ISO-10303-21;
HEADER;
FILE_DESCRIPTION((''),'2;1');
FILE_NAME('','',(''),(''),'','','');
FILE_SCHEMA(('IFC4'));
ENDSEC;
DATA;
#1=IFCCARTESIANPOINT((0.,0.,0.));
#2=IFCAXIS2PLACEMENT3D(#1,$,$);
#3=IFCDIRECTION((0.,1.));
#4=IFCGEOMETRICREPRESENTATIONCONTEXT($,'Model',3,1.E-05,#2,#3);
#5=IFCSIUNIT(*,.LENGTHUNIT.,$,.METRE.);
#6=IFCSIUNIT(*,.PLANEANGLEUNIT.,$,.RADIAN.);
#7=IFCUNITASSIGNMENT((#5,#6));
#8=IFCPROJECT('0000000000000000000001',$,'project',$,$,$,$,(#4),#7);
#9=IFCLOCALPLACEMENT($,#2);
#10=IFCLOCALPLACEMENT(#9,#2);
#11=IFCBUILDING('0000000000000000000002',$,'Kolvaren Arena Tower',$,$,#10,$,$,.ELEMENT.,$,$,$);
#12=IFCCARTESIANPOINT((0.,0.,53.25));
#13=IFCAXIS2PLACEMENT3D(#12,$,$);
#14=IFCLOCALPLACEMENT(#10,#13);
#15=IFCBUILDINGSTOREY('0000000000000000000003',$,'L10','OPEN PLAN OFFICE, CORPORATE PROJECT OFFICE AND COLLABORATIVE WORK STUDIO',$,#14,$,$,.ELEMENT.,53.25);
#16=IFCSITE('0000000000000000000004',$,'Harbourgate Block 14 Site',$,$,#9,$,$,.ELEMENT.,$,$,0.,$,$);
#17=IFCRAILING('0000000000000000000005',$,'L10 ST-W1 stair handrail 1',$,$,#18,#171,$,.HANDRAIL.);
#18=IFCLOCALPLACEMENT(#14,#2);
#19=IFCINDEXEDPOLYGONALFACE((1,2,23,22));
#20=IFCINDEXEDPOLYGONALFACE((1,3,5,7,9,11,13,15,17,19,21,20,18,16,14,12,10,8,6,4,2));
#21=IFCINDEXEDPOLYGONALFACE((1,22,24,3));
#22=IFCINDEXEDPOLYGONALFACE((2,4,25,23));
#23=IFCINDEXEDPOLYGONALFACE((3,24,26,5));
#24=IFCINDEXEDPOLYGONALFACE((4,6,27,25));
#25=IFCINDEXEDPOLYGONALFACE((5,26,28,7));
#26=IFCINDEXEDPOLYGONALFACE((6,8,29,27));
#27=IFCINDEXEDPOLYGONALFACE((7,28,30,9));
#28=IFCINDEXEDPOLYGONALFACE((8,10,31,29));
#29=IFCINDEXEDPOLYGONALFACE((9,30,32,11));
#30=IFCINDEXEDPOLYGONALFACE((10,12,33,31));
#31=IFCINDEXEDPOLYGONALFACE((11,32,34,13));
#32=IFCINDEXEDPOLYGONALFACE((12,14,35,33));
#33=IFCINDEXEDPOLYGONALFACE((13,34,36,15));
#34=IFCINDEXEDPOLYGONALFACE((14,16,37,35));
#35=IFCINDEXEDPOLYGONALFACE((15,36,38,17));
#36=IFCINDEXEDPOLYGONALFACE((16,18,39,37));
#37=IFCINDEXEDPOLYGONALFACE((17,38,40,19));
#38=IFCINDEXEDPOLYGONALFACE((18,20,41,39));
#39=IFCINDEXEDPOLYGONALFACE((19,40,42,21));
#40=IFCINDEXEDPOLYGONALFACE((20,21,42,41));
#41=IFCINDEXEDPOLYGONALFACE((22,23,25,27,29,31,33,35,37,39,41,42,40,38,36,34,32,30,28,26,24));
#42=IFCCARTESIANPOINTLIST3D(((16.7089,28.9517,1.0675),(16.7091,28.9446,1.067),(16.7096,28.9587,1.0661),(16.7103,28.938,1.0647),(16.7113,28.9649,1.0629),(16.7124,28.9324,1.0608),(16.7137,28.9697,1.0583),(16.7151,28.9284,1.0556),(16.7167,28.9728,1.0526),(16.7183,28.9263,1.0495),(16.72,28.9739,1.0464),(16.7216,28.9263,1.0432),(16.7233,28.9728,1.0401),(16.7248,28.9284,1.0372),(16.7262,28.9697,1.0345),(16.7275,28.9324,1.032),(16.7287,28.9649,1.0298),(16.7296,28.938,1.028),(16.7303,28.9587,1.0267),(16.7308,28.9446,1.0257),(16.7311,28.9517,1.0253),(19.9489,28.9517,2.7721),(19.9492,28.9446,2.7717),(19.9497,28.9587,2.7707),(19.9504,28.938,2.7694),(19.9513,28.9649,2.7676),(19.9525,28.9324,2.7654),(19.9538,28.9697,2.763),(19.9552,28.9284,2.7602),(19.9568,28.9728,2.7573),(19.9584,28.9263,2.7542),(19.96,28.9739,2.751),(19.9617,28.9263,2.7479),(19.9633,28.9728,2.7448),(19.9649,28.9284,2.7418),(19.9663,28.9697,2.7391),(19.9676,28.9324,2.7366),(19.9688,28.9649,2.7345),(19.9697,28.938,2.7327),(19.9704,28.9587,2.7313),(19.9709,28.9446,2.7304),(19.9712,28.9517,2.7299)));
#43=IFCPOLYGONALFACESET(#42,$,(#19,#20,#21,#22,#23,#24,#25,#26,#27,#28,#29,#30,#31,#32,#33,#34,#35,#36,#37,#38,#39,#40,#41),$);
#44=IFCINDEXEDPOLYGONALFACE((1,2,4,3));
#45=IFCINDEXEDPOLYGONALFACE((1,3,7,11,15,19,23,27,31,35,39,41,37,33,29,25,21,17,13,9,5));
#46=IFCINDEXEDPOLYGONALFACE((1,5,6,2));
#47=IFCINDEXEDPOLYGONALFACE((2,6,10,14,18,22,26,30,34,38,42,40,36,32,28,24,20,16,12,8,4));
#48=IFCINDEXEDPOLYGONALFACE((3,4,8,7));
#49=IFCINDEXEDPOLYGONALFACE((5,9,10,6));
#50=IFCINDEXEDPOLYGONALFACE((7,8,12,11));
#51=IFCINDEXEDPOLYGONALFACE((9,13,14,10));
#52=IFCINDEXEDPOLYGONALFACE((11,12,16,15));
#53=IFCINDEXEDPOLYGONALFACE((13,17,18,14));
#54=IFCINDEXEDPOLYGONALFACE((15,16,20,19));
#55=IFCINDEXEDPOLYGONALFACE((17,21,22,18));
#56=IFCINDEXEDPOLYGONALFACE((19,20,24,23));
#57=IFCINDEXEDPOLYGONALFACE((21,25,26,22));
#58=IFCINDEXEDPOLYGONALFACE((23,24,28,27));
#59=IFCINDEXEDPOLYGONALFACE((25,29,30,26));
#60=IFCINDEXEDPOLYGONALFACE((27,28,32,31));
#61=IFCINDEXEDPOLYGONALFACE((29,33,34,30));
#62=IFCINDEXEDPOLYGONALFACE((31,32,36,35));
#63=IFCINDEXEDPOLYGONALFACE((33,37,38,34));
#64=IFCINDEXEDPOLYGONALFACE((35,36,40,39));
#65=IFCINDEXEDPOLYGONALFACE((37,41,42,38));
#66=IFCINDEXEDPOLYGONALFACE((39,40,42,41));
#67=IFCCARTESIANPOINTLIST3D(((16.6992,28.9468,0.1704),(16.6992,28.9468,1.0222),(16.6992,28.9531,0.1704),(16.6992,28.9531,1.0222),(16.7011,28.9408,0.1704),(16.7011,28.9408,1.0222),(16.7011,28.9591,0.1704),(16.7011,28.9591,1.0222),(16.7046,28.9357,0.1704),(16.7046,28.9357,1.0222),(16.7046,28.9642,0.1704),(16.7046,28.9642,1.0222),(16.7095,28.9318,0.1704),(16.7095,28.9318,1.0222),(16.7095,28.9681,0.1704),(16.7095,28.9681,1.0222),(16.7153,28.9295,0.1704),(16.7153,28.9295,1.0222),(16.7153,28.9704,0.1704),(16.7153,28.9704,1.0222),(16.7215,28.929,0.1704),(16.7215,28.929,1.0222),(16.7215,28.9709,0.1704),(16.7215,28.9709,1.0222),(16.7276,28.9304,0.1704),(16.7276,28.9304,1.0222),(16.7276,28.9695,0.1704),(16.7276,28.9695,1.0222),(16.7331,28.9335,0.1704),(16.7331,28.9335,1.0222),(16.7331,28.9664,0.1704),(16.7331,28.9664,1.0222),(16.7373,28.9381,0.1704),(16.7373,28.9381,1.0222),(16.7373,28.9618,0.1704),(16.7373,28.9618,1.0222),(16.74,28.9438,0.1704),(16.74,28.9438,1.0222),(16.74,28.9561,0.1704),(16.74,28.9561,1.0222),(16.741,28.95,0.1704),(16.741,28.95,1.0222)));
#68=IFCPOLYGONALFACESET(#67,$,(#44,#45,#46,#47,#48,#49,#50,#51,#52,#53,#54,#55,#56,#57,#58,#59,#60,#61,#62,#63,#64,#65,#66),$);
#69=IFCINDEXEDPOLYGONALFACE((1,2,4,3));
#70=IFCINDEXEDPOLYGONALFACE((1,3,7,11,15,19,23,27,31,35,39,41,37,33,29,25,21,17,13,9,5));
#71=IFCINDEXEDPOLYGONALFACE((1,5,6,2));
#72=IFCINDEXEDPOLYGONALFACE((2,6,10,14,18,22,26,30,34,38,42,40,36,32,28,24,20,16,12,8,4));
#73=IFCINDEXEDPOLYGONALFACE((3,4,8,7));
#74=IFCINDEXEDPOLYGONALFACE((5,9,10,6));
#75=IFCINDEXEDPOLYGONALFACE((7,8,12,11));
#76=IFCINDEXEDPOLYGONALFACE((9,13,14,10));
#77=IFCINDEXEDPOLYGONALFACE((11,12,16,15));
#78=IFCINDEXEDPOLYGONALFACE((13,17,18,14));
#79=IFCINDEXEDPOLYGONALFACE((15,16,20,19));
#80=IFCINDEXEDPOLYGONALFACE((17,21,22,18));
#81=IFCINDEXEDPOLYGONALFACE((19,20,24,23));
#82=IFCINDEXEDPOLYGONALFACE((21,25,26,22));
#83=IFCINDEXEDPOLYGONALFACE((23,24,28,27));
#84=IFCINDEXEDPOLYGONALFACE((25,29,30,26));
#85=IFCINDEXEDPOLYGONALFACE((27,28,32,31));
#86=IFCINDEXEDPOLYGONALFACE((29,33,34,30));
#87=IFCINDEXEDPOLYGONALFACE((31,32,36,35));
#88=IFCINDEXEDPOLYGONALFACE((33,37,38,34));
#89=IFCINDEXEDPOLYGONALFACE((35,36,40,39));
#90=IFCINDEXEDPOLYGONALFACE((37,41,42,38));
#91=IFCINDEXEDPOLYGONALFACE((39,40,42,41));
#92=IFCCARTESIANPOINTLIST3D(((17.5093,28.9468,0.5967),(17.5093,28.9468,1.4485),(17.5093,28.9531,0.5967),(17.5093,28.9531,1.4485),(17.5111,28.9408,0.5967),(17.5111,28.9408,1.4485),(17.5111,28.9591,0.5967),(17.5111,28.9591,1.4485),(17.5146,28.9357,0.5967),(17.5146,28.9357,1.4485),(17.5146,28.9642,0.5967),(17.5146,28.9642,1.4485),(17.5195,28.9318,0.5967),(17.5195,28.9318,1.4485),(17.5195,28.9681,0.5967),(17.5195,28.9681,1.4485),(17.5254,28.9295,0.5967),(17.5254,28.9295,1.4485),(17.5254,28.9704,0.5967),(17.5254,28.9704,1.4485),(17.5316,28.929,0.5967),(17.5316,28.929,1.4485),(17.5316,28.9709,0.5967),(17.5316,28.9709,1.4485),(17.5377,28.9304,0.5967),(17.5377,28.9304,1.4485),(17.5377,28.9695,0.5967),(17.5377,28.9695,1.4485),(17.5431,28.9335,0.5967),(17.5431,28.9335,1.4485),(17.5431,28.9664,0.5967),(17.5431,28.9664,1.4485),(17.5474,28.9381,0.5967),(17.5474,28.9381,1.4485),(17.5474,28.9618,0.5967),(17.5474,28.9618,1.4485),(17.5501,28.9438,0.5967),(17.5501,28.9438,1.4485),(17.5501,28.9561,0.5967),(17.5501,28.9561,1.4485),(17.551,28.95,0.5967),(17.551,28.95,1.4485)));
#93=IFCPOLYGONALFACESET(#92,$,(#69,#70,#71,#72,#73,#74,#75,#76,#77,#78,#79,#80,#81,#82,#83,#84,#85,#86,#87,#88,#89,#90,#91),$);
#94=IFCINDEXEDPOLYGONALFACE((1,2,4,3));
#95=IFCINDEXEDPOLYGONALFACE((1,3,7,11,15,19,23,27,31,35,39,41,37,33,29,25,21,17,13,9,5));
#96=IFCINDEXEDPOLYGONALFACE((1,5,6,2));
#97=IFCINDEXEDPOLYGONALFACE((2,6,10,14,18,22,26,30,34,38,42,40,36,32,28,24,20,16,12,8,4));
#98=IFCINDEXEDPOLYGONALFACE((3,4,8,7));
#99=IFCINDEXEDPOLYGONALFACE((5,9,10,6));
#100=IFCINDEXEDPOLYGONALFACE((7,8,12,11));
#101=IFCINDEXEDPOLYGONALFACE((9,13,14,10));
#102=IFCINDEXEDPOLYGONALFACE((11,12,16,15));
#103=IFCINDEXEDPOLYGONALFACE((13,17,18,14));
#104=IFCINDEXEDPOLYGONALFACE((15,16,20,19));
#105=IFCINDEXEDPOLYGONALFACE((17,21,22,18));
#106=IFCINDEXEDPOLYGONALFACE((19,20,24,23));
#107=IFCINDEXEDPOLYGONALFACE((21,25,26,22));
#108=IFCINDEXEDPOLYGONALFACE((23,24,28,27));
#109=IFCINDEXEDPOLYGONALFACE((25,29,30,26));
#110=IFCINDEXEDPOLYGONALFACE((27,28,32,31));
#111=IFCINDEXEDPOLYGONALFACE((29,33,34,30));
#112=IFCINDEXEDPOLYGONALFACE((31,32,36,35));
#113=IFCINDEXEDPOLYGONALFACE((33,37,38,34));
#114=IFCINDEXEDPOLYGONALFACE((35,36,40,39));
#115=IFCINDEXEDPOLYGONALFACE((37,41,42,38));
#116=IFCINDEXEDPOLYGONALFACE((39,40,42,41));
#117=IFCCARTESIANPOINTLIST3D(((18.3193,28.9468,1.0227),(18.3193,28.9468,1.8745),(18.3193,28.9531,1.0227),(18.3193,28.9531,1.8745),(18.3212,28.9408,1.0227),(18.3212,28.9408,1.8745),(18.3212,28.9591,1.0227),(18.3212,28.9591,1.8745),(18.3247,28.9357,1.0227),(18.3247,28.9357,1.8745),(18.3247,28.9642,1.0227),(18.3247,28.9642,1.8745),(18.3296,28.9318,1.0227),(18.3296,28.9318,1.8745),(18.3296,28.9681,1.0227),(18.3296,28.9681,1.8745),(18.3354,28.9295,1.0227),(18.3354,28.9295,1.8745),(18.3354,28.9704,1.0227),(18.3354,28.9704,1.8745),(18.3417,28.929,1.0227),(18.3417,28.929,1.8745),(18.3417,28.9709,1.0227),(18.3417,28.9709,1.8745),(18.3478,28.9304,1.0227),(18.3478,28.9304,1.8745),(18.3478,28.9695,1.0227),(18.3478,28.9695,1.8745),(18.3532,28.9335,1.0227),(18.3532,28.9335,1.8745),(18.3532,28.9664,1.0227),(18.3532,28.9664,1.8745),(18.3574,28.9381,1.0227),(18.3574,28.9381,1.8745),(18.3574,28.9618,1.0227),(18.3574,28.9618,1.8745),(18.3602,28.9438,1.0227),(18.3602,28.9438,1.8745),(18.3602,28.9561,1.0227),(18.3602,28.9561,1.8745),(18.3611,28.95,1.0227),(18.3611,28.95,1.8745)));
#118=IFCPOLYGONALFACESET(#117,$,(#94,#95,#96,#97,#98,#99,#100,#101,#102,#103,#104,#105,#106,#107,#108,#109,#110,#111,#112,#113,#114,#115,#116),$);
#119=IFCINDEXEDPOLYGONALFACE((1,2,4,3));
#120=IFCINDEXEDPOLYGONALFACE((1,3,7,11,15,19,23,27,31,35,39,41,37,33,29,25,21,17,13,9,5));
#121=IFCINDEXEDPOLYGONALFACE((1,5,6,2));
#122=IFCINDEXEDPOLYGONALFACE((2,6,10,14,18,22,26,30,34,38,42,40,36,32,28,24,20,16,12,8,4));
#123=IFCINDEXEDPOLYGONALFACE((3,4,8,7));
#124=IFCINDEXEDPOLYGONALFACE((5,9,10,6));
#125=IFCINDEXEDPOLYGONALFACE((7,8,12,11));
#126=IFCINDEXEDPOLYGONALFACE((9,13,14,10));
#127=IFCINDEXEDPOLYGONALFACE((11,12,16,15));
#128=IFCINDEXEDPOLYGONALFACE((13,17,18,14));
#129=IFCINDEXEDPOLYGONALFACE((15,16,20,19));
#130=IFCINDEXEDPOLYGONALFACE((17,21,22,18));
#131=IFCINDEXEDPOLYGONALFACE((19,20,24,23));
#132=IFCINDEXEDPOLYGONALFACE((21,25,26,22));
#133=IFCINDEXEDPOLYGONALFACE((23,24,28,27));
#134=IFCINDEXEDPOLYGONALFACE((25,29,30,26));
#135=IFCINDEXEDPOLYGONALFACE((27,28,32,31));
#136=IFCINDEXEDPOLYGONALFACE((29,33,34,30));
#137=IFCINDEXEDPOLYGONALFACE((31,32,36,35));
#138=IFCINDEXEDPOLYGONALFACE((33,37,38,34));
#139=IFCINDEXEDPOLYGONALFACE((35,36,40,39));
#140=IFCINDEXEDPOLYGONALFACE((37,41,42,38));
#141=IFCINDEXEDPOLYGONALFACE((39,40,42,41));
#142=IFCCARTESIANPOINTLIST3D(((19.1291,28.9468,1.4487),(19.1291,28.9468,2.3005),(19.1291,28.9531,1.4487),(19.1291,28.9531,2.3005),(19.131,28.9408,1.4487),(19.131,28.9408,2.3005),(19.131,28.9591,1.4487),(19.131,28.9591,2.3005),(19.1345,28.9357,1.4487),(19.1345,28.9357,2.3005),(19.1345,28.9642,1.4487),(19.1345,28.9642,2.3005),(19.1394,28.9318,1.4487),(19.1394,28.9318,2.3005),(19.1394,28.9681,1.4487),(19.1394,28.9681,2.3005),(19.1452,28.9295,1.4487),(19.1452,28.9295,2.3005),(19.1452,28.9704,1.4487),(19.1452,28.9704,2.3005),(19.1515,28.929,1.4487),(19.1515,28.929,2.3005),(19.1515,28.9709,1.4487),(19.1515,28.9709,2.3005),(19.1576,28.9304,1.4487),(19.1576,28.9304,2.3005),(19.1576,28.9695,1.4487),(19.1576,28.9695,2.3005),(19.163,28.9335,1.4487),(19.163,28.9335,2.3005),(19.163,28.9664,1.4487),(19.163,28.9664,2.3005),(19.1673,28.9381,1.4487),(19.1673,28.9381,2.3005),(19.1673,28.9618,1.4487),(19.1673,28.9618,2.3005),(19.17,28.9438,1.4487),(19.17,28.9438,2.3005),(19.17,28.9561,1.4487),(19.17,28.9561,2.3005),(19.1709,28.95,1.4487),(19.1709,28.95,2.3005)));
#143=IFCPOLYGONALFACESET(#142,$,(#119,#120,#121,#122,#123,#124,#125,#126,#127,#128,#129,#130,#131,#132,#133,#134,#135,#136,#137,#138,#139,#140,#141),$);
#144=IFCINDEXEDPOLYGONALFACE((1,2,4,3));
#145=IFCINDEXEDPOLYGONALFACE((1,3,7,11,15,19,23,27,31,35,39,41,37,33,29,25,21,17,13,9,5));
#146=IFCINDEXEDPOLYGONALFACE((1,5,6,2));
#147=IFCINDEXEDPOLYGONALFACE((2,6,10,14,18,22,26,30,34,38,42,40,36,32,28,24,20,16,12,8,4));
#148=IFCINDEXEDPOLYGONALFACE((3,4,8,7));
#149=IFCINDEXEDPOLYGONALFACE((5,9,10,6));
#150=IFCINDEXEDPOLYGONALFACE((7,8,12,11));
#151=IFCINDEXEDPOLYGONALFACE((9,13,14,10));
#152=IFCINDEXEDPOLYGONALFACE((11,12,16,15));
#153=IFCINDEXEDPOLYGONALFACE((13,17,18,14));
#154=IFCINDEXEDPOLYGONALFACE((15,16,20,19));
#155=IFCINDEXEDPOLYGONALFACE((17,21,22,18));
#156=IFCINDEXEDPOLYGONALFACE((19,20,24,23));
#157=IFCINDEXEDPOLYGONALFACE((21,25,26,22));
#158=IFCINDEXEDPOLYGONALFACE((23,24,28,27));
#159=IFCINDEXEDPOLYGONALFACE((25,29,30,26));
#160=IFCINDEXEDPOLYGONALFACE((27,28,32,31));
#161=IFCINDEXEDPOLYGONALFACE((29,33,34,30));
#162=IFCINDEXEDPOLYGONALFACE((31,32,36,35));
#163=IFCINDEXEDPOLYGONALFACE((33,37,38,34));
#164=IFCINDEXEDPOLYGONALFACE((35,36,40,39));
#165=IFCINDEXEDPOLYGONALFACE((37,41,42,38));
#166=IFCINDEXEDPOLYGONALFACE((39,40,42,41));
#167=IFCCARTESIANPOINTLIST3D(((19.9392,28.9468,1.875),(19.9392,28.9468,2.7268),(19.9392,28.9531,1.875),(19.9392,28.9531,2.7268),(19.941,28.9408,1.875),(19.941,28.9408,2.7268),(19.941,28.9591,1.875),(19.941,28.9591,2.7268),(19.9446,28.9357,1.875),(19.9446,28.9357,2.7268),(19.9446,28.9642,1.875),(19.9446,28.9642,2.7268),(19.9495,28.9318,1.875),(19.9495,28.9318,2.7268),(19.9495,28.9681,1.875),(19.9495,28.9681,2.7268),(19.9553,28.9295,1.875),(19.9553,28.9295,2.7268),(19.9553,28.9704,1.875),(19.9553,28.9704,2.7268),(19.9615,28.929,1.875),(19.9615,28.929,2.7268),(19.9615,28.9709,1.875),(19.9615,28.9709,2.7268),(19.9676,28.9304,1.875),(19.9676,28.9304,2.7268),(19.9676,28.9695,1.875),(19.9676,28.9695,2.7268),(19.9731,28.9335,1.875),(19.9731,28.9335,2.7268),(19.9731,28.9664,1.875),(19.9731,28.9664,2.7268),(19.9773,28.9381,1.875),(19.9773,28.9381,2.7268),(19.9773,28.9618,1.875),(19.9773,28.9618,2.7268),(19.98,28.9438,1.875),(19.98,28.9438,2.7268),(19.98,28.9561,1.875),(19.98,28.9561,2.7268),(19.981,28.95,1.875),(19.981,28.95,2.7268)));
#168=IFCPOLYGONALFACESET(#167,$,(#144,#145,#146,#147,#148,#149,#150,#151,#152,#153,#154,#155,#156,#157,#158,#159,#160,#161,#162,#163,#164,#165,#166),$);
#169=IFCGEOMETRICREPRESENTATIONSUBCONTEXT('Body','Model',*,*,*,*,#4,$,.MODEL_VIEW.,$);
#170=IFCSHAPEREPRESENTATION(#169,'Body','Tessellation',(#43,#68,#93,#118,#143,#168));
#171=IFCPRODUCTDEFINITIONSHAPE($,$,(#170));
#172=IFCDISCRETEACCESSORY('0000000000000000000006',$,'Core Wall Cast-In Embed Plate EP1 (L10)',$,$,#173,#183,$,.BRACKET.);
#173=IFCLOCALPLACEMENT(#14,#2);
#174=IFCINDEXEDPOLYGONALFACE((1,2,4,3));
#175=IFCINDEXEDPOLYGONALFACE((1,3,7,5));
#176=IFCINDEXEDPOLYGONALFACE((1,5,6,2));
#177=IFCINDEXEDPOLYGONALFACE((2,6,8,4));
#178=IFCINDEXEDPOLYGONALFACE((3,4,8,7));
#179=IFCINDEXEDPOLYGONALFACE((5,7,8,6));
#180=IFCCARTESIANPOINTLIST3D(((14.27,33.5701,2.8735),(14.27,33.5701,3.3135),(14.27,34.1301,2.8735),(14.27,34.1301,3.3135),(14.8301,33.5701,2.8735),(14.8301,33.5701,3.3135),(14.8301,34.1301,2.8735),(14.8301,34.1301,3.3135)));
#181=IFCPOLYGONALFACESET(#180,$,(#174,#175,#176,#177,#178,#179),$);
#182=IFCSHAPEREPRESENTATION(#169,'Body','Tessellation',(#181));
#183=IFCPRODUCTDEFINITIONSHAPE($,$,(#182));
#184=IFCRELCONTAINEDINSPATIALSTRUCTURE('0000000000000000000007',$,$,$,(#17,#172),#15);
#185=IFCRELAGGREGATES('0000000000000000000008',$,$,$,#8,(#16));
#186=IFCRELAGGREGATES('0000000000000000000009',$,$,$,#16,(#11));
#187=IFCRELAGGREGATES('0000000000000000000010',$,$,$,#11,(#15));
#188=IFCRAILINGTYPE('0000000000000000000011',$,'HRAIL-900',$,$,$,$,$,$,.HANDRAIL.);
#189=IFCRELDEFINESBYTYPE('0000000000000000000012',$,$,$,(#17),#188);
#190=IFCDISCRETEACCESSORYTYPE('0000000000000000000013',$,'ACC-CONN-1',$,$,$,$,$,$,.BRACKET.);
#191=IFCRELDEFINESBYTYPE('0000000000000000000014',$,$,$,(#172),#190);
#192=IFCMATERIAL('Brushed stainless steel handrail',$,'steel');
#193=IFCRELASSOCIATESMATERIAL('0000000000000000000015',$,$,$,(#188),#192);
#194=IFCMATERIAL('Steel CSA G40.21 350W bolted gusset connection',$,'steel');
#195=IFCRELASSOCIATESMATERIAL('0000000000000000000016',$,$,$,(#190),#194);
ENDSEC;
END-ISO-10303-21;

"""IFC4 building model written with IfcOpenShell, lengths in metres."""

from ifc_helpers import new_model, si_unit, direction, frame, origin, origin_2d, place, context, subcontext, project, spatial, rectangle, circle, extrude, material, type_object, element, save


model = new_model("IFC4")

# Units and contexts
model_context = context("Model", 3, precision=1e-05, world=origin(), true_north=direction((0.0, 1.0)))
body_context = subcontext(model_context, "Body", "Model", "MODEL_VIEW")
ifc_project = project(units=[si_unit("LENGTHUNIT", "METRE"), si_unit("PLANEANGLEUNIT", "RADIAN")], contexts=[model_context])

# Site, building, storey
site_placement = place(None, origin())
site = spatial("IfcSite", under=ifc_project, at=site_placement, Name="Harbourgate Block 14 Site", CompositionType="ELEMENT", RefElevation=0.0)
building_placement = place(site_placement, origin())
building = spatial("IfcBuilding", under=site, at=building_placement, Name="Kolvaren Arena Tower", CompositionType="ELEMENT")
storey_placement = place(building_placement, frame((0.0, 0.0, 53.25)))
storey = spatial("IfcBuildingStorey", under=building, at=storey_placement, Name="L10", Description="OPEN PLAN OFFICE, CORPORATE PROJECT OFFICE AND COLLABORATIVE WORK STUDIO", CompositionType="ELEMENT", Elevation=53.25)

# Railing
ifc_material_1 = material(Name="Brushed stainless steel handrail", Category="steel")
railing_type_1 = type_object("IfcRailingType", Name="HRAIL-900", PredefinedType="HANDRAIL", material=ifc_material_1)
railing_1_placement = place(storey_placement, frame((16.72, 28.95, 0.1704)))
element("IfcRailing", 1, at=railing_1_placement, inside=storey, type_object=railing_type_1, Name="L10 ST-W1 stair handrail 1", PredefinedType="HANDRAIL", context=body_context, shape_type="SweptSolid", body=[
    extrude(circle(Radius=0.0239, at=origin_2d()), frame((0.0, 0.0, 0.876), z_axis=(0.884993, 0.0, 0.465604), x_axis=(0.0, 1.0, 0.0)), (0.0, 0.0, 1.0), 3.6611),
    extrude(circle(Radius=0.021, at=origin_2d()), origin(), (0.0, 0.0, 1.0), 0.8518),
    extrude(circle(Radius=0.021, at=origin_2d()), frame((0.8101, 0.0, 0.4263)), (0.0, 0.0, 1.0), 0.8518),
    extrude(circle(Radius=0.021, at=origin_2d()), frame((1.6201, 0.0, 0.8523)), (0.0, 0.0, 1.0), 0.8518),
    extrude(circle(Radius=0.021, at=origin_2d()), frame((2.4299, 0.0, 1.2783)), (0.0, 0.0, 1.0), 0.8518),
    extrude(circle(Radius=0.021, at=origin_2d()), frame((3.24, 0.0, 1.7046)), (0.0, 0.0, 1.0), 0.8518),
])

# Discrete accessory
ifc_material_2 = material(Name="Steel CSA G40.21 350W bolted gusset connection", Category="steel")
discrete_accessory_type = type_object("IfcDiscreteAccessoryType", Name="ACC-CONN-1", PredefinedType="BRACKET", material=ifc_material_2)
discrete_accessory_placement = place(storey_placement, frame((14.55, 33.8501, 2.8735), z_axis=(0.0, 0.0, 1.0), x_axis=(1.0, 0.0, 0.0)))
element("IfcDiscreteAccessory", 2, at=discrete_accessory_placement, inside=storey, type_object=discrete_accessory_type, Name="Core Wall Cast-In Embed Plate EP1 (L10)", PredefinedType="BRACKET", context=body_context, shape_type="SweptSolid", body=[
    extrude(rectangle(XDim=0.5601, YDim=0.5601, at=origin_2d()), origin(), (0.0, 0.0, 1.0), 0.4399),
])

save(model, "model.ifc")
